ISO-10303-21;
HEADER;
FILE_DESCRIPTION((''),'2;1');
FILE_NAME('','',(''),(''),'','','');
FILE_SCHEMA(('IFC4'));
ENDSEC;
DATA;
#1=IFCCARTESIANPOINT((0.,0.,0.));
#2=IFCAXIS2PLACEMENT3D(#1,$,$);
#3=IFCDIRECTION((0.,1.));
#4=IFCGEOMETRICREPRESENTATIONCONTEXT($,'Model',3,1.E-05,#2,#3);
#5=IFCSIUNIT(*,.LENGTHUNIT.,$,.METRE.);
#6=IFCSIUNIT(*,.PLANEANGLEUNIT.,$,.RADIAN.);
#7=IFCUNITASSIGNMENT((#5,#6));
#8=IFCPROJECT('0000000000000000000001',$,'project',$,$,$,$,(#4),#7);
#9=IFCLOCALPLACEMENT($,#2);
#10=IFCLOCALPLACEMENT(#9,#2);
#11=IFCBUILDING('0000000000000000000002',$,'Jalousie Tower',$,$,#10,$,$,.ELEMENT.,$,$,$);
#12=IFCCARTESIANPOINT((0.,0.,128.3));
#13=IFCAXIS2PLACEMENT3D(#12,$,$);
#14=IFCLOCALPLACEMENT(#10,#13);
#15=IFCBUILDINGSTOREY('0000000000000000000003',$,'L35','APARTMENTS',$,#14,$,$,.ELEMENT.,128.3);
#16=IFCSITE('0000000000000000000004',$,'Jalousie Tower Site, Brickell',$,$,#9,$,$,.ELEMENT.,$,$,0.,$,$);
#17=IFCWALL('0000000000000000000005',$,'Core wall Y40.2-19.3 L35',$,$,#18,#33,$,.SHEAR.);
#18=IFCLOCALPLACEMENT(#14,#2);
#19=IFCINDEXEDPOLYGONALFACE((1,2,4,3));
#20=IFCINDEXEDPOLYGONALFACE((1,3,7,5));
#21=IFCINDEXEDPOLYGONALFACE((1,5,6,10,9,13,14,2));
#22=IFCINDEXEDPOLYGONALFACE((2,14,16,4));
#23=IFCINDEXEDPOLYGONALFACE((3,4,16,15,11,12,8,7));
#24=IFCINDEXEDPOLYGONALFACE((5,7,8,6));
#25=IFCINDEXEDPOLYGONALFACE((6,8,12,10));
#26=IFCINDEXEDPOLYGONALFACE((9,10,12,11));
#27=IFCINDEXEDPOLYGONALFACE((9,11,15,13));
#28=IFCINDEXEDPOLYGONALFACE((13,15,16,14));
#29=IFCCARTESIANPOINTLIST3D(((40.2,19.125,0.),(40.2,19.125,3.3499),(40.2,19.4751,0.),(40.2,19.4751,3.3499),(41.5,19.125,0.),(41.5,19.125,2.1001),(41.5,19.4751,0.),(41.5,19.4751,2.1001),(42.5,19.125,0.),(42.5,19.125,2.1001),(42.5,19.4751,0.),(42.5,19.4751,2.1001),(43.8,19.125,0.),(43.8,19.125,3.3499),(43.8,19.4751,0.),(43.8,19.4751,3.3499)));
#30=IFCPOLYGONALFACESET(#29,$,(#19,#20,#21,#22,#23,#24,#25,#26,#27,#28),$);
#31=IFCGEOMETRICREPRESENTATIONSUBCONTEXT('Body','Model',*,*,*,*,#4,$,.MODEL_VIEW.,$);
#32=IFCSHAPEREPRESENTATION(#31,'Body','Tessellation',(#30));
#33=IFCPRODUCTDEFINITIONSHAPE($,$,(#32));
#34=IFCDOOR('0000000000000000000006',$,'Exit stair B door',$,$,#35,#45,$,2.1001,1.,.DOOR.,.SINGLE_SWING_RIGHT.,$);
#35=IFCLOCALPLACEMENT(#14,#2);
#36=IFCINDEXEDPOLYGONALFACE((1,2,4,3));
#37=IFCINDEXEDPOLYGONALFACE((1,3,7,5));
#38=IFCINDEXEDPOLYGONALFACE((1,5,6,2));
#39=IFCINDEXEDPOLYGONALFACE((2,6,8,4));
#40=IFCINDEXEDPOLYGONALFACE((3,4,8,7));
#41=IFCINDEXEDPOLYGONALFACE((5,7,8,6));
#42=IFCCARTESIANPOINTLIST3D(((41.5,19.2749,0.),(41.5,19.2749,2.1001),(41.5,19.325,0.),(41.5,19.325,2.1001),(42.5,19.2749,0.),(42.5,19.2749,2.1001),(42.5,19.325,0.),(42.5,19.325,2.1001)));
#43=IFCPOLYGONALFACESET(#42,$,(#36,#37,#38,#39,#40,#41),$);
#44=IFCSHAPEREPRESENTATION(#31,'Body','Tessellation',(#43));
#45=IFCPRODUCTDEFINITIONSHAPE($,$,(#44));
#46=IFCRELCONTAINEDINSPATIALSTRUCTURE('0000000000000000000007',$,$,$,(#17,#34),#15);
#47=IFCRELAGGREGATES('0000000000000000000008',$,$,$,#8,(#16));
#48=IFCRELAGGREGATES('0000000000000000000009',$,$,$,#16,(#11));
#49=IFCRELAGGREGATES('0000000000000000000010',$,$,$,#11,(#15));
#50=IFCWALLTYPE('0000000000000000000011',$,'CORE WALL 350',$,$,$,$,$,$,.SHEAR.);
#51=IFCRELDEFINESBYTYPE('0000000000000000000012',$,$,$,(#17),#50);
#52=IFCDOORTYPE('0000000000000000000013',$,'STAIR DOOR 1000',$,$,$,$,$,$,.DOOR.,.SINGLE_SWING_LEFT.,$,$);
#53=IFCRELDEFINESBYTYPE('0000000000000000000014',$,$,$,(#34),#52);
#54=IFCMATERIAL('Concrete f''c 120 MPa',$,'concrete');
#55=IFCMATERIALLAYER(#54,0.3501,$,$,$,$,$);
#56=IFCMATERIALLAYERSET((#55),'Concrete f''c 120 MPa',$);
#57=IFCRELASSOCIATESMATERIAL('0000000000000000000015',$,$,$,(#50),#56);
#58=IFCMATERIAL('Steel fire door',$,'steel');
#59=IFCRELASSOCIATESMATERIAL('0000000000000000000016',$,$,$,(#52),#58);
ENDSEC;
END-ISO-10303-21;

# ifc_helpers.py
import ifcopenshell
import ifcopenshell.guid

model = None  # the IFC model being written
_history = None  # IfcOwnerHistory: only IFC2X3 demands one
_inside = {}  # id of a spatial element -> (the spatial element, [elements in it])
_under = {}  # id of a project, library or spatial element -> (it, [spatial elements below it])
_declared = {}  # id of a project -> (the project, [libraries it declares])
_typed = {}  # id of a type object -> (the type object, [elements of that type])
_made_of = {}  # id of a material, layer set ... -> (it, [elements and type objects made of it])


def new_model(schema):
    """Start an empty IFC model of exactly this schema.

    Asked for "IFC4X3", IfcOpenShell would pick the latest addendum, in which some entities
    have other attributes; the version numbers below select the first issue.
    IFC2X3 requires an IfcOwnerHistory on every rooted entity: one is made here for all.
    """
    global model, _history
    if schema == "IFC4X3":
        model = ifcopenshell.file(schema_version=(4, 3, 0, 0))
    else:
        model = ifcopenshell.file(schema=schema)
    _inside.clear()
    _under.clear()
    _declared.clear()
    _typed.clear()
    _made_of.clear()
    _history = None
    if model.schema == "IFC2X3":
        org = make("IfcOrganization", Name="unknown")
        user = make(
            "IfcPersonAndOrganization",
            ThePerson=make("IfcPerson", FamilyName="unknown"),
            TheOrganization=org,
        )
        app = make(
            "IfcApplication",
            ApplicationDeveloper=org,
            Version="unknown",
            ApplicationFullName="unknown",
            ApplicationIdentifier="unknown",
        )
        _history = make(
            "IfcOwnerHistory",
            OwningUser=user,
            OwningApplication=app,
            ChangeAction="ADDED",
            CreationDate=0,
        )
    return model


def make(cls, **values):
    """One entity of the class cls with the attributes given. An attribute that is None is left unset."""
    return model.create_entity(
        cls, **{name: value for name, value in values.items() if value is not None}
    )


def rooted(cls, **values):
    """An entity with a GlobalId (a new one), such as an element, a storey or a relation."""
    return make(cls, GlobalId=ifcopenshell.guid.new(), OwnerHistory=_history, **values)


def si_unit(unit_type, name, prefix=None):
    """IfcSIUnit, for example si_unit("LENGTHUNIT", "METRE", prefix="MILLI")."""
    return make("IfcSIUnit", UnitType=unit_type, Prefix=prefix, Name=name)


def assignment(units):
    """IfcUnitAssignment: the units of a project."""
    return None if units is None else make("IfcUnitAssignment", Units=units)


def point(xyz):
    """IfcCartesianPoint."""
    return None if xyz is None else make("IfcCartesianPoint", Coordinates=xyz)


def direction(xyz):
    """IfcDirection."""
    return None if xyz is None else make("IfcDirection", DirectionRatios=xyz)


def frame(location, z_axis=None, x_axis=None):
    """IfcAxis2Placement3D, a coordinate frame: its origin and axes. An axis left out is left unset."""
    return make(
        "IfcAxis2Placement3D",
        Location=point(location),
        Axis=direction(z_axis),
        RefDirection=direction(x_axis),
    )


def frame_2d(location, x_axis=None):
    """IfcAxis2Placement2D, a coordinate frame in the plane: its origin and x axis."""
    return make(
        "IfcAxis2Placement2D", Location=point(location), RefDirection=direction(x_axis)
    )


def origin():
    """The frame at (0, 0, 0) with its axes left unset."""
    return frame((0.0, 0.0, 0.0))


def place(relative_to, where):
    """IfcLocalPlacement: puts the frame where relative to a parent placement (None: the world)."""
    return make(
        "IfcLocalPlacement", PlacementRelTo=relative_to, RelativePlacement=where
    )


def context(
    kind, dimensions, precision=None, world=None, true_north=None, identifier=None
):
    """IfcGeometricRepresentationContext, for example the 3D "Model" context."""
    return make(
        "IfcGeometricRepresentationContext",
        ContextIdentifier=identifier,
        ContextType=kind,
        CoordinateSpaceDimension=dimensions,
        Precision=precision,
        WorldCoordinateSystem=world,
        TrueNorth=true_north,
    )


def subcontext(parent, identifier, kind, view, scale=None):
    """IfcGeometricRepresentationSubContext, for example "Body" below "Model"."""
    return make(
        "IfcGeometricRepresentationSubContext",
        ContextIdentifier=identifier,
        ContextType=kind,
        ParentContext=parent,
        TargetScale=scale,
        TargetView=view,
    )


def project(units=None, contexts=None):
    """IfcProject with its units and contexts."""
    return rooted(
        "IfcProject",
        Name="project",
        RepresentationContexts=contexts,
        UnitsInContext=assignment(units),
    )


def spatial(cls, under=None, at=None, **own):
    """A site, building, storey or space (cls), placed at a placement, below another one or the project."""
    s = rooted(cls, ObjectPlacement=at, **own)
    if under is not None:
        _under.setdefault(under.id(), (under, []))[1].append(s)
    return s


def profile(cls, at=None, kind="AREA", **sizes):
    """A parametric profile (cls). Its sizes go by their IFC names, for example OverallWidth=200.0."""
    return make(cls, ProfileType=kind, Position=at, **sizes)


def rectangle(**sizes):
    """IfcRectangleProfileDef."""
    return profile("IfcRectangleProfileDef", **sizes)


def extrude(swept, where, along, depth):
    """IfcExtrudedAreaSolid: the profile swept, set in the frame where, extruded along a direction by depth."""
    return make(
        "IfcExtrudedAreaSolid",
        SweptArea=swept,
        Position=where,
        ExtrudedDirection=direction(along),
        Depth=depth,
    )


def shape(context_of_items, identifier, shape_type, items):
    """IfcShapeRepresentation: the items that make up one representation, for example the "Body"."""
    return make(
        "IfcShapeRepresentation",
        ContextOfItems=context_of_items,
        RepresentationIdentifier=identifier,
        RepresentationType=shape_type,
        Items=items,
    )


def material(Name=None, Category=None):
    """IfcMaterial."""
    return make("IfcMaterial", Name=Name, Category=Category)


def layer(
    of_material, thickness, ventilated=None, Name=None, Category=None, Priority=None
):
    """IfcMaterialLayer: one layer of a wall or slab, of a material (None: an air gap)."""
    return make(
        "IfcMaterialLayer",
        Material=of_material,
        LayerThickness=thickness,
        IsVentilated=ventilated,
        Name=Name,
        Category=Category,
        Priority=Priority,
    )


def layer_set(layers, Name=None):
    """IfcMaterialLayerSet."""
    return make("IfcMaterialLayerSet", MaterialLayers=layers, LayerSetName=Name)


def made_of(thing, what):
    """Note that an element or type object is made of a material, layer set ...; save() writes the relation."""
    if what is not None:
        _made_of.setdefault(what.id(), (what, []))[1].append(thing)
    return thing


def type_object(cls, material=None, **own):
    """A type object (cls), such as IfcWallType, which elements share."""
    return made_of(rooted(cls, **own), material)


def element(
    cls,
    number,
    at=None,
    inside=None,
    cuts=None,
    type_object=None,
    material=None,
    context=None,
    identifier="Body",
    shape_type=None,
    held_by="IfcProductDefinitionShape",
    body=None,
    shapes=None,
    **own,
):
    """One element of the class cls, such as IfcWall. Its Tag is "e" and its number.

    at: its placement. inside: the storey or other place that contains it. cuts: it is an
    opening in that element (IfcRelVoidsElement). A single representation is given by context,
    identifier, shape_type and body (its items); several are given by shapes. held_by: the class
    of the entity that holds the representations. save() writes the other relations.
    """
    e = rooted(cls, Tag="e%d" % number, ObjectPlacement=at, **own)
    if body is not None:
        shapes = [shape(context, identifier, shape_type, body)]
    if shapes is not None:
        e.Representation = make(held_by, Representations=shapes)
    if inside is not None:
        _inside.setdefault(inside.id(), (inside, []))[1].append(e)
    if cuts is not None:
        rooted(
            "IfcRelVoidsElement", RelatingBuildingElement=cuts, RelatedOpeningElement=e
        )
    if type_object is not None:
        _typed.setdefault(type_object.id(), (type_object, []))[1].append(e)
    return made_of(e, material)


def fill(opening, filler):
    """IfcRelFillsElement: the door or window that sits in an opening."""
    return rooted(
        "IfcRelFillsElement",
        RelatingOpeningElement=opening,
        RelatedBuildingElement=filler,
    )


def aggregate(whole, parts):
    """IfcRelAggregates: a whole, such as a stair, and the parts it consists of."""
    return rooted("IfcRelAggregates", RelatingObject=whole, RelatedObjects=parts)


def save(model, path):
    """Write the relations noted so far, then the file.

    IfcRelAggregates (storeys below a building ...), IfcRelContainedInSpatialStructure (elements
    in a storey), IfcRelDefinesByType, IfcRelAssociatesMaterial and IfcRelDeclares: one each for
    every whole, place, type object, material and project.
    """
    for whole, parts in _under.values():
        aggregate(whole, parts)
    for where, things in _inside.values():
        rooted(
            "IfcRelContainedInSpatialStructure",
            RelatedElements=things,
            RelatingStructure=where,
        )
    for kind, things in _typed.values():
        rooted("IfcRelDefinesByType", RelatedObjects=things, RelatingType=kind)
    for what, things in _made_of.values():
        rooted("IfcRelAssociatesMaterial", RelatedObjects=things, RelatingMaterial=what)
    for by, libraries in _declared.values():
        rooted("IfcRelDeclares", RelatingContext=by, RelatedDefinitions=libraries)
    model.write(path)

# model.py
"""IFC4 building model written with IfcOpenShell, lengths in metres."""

from ifc_helpers import new_model, si_unit, direction, frame, frame_2d, origin, place, context, subcontext, project, spatial, rectangle, extrude, material, layer, layer_set, type_object, element, fill, save


model = new_model("IFC4")

# Units and contexts
model_context = context("Model", 3, precision=1e-05, world=origin(), true_north=direction((0.0, 1.0)))
body_context = subcontext(model_context, "Body", "Model", "MODEL_VIEW")
ifc_project = project(units=[si_unit("LENGTHUNIT", "METRE"), si_unit("PLANEANGLEUNIT", "RADIAN")], contexts=[model_context])

# Site, building, storey
site_placement = place(None, origin())
site = spatial("IfcSite", under=ifc_project, at=site_placement, Name="Jalousie Tower Site, Brickell", CompositionType="ELEMENT", RefElevation=0.0)
building_placement = place(site_placement, origin())
building = spatial("IfcBuilding", under=site, at=building_placement, Name="Jalousie Tower", CompositionType="ELEMENT")
storey_placement = place(building_placement, frame((0.0, 0.0, 128.3)))
storey = spatial("IfcBuildingStorey", under=building, at=storey_placement, Name="L35", Description="APARTMENTS", CompositionType="ELEMENT", Elevation=128.3)

# Shared definitions
ifc_material_1 = material(Name="Concrete f'c 120 MPa", Category="concrete")
ifc_layer = layer(ifc_material_1, 0.3501)
ifc_layer_set = layer_set([ifc_layer], Name="Concrete f'c 120 MPa")
wall_type = type_object("IfcWallType", Name="CORE WALL 350", PredefinedType="SHEAR", material=ifc_layer_set)

# Wall, opening, door
wall_1_placement = place(storey_placement, frame((40.2, 19.3, 0.0), z_axis=(0.0, 0.0, 1.0), x_axis=(1.0, 0.0, 0.0)))
wall_1 = element("IfcWall", 1, at=wall_1_placement, inside=storey, type_object=wall_type, Name="Core wall Y40.2-19.3 L35", PredefinedType="SHEAR", context=body_context, shape_type="SweptSolid", body=[
    extrude(rectangle(XDim=3.6001, YDim=0.3501, at=frame_2d((1.8, 0.0))), origin(), (0.0, 0.0, 1.0), 3.3499),
])
opening_1_placement = place(wall_1_placement, frame((1.3, 0.0, 0.0)))
opening_1 = element("IfcOpeningElement", 2, at=opening_1_placement, cuts=wall_1, PredefinedType="OPENING", context=body_context, shape_type="SweptSolid", body=[
    extrude(rectangle(XDim=1.0, YDim=2.1001, at=frame_2d((0.5, 1.05))), frame((0.0, 0.1851, 0.0), z_axis=(0.0, -1.0, 0.0), x_axis=(1.0, 0.0, 0.0)), (0.0, 0.0, 1.0), 0.3701),
])
ifc_material_2 = material(Name="Steel fire door", Category="steel")
door_type_1 = type_object("IfcDoorType", Name="STAIR DOOR 1000", OperationType="SINGLE_SWING_LEFT", PredefinedType="DOOR", material=ifc_material_2)
door_1_placement = place(opening_1_placement, origin())
door_1 = element("IfcDoor", 3, at=door_1_placement, inside=storey, type_object=door_type_1, Name="Exit stair B door", OperationType="SINGLE_SWING_RIGHT", OverallHeight=2.1001, OverallWidth=1.0, PredefinedType="DOOR", context=body_context, shape_type="SweptSolid", body=[
    extrude(rectangle(XDim=1.0, YDim=2.1001, at=frame_2d((0.5, 1.05))), frame((0.0, 0.0249, 0.0), z_axis=(0.0, -1.0, 0.0), x_axis=(1.0, 0.0, 0.0)), (0.0, 0.0, 1.0), 0.05),
])
fill(opening_1, door_1)

save(model, "model.ifc")
